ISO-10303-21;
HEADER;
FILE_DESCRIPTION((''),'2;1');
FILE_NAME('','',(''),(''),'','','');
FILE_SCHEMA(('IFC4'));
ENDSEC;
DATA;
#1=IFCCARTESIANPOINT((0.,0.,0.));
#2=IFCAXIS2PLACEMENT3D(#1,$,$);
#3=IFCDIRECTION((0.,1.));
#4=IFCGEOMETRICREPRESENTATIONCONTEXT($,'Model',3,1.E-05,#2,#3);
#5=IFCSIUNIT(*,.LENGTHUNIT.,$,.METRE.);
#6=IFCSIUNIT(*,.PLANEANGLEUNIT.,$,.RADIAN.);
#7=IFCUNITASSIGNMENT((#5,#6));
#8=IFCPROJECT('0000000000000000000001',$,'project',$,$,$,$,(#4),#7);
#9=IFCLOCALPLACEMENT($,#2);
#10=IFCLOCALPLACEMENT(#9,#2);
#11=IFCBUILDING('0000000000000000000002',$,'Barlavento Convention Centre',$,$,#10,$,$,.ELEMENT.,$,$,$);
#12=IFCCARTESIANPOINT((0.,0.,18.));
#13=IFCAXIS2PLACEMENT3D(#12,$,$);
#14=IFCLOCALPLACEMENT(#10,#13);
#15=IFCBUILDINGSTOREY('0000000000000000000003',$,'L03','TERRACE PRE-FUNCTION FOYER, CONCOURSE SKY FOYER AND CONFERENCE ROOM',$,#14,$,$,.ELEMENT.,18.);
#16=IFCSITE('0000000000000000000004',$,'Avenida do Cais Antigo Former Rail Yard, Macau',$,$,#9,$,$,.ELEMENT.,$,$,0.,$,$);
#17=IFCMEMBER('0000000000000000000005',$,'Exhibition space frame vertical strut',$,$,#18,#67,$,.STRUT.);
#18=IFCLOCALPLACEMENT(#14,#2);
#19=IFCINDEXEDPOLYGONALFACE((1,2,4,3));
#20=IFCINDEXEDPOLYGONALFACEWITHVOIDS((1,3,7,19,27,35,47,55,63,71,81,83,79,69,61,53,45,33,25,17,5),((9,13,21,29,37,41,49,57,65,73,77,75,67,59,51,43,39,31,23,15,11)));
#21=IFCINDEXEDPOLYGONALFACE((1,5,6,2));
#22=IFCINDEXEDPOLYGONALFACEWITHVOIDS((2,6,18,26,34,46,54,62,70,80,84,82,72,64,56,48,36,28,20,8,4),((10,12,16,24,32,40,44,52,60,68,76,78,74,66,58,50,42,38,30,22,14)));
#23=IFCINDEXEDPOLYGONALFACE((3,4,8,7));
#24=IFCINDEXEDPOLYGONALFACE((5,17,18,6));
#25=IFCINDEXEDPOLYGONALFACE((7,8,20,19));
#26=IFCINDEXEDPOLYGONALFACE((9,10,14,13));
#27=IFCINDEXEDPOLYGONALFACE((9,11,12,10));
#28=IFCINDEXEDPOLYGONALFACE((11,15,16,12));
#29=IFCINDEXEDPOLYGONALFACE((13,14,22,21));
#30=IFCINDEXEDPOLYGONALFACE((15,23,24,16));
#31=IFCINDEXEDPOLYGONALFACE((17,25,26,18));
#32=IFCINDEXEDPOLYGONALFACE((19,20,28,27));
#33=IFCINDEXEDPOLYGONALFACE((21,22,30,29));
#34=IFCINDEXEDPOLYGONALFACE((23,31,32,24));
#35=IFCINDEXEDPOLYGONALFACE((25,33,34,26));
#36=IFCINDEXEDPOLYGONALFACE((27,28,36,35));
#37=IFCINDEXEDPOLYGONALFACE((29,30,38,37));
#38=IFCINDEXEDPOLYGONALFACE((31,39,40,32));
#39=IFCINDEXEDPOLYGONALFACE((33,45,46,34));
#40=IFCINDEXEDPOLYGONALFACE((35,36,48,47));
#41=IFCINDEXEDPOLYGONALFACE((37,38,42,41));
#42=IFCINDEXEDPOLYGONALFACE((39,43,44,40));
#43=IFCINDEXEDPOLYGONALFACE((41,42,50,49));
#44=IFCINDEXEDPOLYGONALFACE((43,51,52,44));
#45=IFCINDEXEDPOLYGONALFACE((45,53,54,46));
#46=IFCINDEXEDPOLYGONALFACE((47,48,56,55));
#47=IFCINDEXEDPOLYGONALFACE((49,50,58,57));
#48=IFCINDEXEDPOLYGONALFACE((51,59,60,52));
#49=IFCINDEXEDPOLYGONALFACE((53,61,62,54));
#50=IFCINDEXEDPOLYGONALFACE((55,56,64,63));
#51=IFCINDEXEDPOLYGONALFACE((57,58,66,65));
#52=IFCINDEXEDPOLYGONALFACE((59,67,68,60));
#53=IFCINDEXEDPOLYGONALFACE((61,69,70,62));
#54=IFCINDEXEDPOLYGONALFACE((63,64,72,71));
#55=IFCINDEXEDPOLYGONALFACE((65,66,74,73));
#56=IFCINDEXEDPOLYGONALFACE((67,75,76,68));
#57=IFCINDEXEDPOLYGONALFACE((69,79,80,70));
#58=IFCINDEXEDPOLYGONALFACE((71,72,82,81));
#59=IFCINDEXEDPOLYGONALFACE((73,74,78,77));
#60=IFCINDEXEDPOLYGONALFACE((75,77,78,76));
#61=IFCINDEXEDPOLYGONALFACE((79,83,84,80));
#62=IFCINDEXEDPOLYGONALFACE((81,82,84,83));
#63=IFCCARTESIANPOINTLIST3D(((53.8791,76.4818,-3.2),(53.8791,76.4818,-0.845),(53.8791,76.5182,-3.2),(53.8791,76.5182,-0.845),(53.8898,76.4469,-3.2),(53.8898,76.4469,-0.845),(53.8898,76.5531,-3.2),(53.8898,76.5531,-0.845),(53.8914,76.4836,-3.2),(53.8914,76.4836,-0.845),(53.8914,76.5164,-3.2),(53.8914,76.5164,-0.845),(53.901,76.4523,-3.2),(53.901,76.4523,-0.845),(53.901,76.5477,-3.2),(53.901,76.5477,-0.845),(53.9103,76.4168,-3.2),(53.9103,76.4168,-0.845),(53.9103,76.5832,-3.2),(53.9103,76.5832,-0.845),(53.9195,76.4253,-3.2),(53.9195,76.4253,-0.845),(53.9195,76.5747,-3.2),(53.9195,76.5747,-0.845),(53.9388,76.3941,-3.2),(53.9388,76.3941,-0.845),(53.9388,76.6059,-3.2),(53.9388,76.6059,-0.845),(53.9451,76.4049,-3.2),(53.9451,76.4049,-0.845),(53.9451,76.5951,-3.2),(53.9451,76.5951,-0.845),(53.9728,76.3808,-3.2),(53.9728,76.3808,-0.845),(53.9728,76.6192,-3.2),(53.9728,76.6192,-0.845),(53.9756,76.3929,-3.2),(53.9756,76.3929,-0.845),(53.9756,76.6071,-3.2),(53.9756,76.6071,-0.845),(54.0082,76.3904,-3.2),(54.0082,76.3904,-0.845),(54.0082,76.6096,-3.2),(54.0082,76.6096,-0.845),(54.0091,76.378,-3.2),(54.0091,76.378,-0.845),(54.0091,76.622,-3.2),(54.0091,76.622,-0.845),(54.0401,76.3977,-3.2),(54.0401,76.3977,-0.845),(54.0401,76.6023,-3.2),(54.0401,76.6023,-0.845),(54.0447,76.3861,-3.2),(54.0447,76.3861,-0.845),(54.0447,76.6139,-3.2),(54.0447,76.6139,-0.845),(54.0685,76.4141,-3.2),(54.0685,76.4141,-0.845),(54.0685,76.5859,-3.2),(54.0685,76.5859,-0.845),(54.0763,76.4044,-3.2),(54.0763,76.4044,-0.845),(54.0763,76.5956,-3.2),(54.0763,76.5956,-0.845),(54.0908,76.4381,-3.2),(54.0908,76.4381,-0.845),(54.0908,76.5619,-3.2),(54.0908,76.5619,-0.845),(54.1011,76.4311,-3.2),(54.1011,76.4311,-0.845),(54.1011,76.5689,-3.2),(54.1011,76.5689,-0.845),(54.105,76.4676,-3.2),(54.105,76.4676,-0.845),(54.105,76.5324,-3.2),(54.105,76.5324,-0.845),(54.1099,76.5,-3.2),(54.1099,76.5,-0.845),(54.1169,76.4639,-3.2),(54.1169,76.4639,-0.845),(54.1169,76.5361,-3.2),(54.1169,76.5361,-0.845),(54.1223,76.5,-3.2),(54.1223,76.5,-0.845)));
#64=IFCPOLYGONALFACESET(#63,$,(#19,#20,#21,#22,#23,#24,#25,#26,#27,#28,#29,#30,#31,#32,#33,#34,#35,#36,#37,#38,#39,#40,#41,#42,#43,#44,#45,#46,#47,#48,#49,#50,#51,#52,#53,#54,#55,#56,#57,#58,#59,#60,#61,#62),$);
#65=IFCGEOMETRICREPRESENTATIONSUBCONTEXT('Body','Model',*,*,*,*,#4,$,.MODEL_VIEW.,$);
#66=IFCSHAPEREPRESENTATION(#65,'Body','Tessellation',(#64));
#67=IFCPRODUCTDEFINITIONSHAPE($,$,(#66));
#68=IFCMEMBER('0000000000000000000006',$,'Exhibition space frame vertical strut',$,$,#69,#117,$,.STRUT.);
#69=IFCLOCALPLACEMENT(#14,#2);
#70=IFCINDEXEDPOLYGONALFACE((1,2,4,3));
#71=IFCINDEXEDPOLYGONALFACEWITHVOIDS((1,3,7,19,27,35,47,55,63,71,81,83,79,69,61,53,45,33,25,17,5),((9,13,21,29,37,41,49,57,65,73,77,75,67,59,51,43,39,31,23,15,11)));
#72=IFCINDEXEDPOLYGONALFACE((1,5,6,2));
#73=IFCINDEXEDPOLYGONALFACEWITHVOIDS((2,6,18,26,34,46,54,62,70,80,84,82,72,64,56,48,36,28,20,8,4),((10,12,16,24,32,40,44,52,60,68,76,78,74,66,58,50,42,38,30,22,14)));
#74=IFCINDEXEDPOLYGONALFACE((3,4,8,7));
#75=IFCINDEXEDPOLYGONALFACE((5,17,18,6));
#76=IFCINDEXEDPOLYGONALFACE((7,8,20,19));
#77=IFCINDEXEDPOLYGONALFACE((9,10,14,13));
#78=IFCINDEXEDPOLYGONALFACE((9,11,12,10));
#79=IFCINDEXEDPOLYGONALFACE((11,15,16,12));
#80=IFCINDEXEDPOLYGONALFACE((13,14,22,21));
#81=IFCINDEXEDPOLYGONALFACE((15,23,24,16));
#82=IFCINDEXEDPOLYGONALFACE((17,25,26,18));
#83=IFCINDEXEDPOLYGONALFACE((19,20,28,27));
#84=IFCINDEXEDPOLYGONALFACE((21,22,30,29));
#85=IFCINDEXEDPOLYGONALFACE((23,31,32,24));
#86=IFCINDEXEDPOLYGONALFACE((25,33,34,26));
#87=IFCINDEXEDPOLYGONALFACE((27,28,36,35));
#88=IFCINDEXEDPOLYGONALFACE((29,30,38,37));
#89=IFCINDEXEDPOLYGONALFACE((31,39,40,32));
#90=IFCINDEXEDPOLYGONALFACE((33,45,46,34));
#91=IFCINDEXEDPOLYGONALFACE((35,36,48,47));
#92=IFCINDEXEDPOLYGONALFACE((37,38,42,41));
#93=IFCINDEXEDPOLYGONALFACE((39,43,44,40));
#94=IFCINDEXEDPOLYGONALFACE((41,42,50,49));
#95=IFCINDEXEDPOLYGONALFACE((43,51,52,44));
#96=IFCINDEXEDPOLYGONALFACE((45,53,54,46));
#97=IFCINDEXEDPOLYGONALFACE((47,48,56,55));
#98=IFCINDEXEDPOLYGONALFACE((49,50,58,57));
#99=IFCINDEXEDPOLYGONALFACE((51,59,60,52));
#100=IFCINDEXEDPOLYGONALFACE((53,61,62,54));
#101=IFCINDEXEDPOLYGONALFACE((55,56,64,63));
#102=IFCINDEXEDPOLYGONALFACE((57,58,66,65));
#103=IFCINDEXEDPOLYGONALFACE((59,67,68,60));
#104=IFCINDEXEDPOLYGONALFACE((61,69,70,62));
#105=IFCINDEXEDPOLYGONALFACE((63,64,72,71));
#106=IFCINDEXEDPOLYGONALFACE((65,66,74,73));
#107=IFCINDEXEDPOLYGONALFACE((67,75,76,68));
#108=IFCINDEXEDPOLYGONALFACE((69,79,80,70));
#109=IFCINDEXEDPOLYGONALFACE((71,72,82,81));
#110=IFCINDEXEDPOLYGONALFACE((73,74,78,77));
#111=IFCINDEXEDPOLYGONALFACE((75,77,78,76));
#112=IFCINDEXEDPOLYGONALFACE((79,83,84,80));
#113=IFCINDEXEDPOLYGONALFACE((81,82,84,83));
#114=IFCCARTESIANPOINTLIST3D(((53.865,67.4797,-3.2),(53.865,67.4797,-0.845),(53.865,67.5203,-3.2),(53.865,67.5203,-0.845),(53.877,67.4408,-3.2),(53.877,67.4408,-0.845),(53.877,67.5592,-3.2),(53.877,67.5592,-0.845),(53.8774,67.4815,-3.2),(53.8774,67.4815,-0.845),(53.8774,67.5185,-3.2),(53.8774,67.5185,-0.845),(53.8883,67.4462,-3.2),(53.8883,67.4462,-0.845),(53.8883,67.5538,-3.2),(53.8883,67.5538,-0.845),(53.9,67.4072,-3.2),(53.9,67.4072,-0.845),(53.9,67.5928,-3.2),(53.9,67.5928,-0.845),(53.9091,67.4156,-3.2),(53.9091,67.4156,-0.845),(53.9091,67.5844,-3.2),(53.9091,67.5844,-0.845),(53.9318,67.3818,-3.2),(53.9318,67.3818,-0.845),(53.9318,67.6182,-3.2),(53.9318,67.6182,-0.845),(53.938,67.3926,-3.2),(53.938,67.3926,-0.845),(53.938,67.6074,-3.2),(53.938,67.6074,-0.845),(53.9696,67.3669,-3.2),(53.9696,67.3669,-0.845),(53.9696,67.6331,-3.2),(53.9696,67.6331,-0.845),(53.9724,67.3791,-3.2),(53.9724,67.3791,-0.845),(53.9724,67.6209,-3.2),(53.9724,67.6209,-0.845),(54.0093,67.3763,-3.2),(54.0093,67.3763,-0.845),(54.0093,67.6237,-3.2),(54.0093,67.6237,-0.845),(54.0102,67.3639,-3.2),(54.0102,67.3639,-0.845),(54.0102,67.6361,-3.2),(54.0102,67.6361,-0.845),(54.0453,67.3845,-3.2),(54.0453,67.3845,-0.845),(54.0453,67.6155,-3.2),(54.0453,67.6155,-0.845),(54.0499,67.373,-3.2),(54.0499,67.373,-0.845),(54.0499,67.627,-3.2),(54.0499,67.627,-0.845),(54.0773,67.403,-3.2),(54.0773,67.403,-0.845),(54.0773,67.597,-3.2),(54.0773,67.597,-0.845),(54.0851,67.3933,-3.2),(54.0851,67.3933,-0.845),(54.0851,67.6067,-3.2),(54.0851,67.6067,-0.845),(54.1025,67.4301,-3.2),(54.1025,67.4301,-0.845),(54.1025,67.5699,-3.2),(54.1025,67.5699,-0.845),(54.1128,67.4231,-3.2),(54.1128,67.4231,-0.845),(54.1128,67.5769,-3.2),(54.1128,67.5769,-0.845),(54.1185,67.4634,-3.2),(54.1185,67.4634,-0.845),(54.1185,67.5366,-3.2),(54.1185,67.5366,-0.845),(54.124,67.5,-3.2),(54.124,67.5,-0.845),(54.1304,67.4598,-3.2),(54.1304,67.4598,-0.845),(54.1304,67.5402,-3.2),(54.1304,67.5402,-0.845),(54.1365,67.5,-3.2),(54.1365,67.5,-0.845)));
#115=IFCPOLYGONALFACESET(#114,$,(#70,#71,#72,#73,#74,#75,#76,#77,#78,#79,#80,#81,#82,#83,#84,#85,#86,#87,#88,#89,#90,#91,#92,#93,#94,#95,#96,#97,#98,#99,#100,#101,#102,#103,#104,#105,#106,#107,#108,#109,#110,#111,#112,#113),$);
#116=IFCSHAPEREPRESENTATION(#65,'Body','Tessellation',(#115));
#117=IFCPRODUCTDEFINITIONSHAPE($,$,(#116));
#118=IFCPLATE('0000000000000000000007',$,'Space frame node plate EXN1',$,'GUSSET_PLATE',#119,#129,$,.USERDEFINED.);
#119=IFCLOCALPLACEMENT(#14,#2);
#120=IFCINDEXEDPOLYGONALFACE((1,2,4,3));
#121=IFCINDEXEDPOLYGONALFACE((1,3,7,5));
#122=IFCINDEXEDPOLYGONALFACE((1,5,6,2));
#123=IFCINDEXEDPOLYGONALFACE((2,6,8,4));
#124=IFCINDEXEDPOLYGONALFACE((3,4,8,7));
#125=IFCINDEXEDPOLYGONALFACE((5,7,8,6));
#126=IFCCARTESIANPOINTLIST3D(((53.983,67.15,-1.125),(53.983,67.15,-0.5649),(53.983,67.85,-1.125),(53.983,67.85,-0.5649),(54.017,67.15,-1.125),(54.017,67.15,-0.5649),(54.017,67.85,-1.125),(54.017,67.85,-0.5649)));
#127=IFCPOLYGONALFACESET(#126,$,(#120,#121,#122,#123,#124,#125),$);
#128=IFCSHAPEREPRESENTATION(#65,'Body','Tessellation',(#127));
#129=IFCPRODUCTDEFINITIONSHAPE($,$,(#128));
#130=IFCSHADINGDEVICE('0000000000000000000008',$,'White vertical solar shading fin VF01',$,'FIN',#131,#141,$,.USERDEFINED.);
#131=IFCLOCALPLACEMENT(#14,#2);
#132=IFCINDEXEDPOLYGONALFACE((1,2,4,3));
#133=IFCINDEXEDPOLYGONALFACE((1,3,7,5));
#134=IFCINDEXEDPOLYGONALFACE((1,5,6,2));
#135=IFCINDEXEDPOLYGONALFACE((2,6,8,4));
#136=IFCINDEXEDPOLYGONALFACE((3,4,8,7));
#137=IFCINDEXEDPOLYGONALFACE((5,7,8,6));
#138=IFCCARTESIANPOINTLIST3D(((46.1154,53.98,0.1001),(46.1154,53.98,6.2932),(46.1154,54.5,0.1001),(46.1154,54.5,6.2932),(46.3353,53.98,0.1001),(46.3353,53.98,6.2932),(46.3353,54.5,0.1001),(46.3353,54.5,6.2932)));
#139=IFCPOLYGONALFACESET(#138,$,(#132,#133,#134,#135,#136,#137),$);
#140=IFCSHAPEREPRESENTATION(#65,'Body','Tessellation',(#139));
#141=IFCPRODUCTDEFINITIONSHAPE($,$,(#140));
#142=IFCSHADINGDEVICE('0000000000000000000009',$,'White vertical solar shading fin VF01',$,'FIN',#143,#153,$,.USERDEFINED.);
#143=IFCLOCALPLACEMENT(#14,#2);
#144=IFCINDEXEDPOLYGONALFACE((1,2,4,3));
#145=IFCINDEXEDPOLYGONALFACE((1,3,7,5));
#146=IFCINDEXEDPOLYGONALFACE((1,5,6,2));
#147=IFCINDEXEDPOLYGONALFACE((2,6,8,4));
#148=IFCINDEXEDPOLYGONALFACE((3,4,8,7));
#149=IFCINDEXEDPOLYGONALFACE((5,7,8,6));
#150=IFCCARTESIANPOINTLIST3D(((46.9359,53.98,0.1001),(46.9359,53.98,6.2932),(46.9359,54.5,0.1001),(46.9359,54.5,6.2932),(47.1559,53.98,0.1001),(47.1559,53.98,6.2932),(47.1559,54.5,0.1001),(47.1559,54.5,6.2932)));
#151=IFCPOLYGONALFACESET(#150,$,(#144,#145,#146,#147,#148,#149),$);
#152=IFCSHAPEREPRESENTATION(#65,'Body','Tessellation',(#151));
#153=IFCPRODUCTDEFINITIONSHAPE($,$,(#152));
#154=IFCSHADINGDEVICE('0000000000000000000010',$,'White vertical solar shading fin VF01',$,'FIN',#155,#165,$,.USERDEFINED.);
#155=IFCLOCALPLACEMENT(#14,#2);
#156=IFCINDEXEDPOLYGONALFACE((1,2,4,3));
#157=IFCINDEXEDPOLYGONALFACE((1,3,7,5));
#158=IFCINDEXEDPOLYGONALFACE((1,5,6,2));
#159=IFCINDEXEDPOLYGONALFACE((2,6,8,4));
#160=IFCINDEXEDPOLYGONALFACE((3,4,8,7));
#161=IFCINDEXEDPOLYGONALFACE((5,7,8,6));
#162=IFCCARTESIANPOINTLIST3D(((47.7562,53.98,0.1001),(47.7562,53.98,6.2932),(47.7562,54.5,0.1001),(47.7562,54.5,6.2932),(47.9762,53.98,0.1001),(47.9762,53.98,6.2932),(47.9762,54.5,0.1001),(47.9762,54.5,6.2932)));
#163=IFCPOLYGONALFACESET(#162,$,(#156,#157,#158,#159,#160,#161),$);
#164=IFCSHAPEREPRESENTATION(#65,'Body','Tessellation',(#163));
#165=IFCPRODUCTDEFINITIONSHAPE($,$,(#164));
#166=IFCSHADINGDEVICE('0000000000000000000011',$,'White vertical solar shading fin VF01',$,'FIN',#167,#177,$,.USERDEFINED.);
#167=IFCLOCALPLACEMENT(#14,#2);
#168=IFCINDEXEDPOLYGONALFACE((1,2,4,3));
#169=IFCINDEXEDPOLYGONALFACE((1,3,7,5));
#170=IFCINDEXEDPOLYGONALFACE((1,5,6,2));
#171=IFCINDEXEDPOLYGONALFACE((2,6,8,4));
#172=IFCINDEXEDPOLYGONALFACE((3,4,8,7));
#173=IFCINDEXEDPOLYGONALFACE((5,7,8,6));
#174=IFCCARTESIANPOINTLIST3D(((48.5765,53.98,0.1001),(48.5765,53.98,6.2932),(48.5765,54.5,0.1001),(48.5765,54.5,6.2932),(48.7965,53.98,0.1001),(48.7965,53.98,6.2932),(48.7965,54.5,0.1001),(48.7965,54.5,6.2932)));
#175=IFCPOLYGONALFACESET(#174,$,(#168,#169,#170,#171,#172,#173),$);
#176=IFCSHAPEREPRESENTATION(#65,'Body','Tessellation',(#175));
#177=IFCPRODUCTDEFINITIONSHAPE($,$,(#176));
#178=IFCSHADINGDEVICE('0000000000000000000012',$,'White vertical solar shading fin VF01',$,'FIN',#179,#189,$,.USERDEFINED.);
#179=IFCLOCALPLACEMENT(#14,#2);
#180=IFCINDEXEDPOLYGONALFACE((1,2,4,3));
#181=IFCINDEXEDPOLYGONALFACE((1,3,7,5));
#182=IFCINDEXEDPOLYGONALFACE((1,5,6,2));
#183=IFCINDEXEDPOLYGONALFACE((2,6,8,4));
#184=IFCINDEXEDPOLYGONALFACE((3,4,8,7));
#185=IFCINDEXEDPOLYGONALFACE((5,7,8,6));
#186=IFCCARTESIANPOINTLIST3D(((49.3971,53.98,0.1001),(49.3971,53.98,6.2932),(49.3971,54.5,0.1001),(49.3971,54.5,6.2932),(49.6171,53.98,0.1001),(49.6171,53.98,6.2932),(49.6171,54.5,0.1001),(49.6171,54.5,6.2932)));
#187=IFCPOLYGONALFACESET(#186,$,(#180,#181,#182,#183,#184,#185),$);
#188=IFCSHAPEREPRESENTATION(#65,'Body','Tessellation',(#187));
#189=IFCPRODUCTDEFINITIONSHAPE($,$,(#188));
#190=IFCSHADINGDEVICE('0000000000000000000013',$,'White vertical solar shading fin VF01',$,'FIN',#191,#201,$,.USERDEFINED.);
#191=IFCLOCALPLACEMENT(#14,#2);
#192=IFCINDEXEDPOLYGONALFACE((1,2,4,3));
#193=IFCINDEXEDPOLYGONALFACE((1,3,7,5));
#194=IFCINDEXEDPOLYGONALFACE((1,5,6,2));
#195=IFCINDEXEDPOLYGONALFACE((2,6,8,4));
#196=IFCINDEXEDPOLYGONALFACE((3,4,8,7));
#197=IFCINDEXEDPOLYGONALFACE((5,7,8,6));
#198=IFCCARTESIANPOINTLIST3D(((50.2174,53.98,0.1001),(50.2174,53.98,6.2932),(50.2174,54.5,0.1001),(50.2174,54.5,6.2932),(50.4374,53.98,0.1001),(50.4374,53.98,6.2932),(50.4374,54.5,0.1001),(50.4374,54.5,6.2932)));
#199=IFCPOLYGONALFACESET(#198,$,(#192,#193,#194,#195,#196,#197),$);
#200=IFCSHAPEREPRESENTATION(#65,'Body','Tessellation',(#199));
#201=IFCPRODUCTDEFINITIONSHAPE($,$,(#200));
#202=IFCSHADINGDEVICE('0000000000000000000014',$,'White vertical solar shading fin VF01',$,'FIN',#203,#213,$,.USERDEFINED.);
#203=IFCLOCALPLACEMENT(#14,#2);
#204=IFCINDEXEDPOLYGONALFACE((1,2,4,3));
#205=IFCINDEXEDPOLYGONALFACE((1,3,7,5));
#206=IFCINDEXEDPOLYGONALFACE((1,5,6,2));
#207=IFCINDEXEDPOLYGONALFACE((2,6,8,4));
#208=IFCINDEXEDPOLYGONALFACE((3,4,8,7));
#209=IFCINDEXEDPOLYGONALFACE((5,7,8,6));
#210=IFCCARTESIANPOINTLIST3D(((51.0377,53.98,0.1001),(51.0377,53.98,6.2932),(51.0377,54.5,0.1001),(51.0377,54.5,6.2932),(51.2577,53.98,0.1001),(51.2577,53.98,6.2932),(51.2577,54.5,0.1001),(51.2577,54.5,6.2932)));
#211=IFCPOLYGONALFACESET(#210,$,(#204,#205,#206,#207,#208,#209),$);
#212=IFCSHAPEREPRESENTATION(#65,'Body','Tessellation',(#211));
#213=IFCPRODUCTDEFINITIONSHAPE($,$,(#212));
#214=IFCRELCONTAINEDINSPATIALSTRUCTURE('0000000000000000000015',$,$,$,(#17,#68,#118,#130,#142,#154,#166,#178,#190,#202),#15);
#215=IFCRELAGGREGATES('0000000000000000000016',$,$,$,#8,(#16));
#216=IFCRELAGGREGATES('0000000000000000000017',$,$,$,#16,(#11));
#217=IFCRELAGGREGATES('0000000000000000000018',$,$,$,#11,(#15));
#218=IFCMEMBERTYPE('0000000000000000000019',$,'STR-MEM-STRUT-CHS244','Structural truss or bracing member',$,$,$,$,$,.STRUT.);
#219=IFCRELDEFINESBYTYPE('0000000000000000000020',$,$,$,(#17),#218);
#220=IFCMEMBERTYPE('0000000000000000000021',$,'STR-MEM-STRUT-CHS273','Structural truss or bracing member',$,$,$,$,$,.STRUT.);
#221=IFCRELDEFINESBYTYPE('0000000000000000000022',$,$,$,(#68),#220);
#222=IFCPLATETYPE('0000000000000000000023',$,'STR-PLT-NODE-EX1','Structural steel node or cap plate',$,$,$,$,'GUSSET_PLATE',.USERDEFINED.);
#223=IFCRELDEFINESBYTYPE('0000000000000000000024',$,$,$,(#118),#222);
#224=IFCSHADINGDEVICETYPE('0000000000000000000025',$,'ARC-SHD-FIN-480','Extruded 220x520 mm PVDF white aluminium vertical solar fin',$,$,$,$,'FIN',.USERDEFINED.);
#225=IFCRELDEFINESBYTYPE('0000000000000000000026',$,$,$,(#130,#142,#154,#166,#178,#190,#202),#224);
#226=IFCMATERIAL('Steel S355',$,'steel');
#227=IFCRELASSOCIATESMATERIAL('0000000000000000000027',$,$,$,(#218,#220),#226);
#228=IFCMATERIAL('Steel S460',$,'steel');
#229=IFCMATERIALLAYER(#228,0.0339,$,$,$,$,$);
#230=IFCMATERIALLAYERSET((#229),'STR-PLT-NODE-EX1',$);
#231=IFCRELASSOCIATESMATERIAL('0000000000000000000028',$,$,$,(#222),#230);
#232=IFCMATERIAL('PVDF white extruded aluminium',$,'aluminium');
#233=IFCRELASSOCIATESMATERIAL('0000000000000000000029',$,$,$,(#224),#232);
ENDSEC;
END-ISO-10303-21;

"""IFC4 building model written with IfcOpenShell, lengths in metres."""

from ifc_helpers import new_model, si_unit, direction, frame, origin, origin_2d, place, context, subcontext, project, spatial, rectangle, hollow_circle, extrude, material, layer, layer_set, material_profile, profile_set, type_object, element, save


model = new_model("IFC4")

# Units and contexts
model_context = context("Model", 3, precision=1e-05, world=origin(), true_north=direction((0.0, 1.0)))
body_context = subcontext(model_context, "Body", "Model", "MODEL_VIEW")
ifc_project = project(units=[si_unit("LENGTHUNIT", "METRE"), si_unit("PLANEANGLEUNIT", "RADIAN")], contexts=[model_context])

# Site, building, storey
site_placement = place(None, origin())
site = spatial("IfcSite", under=ifc_project, at=site_placement, Name="Avenida do Cais Antigo Former Rail Yard, Macau", CompositionType="ELEMENT", RefElevation=0.0)
building_placement = place(site_placement, origin())
building = spatial("IfcBuilding", under=site, at=building_placement, Name="Barlavento Convention Centre", CompositionType="ELEMENT")
storey_placement = place(building_placement, frame((0.0, 0.0, 18.0)))
storey = spatial("IfcBuildingStorey", under=building, at=storey_placement, Name="L03", Description="TERRACE PRE-FUNCTION FOYER, CONCOURSE SKY FOYER AND CONFERENCE ROOM", CompositionType="ELEMENT", Elevation=18.0)

# Shared definitions
ifc_material_1 = material(Name="Steel S460", Category="steel")
ifc_material_2 = material(Name="Steel S355", Category="steel")

# Members
ifc_material_profile_1 = material_profile(ifc_material_2, hollow_circle(Radius=0.1223, WallThickness=0.0125, at=origin_2d()), Name="CHS 244.5x12.5")
ifc_profile_set_1 = profile_set([ifc_material_profile_1], Name="Steel S355")
member_type_1 = type_object("IfcMemberType", Name="STR-MEM-STRUT-CHS244", Description="Structural truss or bracing member", PredefinedType="STRUT", material=ifc_profile_set_1)
member_1_placement = place(storey_placement, frame((54.0, 76.5, -3.2), z_axis=(0.0, 0.0, 1.0), x_axis=(1.0, 0.0, 0.0)))
element("IfcMember", 1, at=member_1_placement, inside=storey, type_object=member_type_1, Name="Exhibition space frame vertical strut", PredefinedType="STRUT", context=body_context, shape_type="SweptSolid", body=[
    extrude(hollow_circle(Radius=0.1223, WallThickness=0.0125, at=origin_2d()), origin(), (0.0, 0.0, 1.0), 2.355),
])
ifc_material_profile_2 = material_profile(ifc_material_2, hollow_circle(Radius=0.1365, WallThickness=0.0125, at=origin_2d()), Name="CHS 273.0x12.5")
ifc_profile_set_2 = profile_set([ifc_material_profile_2], Name="Steel S355")
member_type_2 = type_object("IfcMemberType", Name="STR-MEM-STRUT-CHS273", Description="Structural truss or bracing member", PredefinedType="STRUT", material=ifc_profile_set_2)
member_2_placement = place(storey_placement, frame((54.0, 67.5, -3.2), z_axis=(0.0, 0.0, 1.0), x_axis=(1.0, 0.0, 0.0)))
element("IfcMember", 2, at=member_2_placement, inside=storey, type_object=member_type_2, Name="Exhibition space frame vertical strut", PredefinedType="STRUT", context=body_context, shape_type="SweptSolid", body=[
    extrude(hollow_circle(Radius=0.1365, WallThickness=0.0125, at=origin_2d()), origin(), (0.0, 0.0, 1.0), 2.355),
])

# Plate
ifc_layer = layer(ifc_material_1, 0.0339)
ifc_layer_set = layer_set([ifc_layer], Name="STR-PLT-NODE-EX1")
plate_type = type_object("IfcPlateType", Name="STR-PLT-NODE-EX1", Description="Structural steel node or cap plate", ElementType="GUSSET_PLATE", PredefinedType="USERDEFINED", material=ifc_layer_set)
plate_placement = place(storey_placement, frame((54.0, 67.5, -1.125), z_axis=(0.0, 0.0, 1.0), x_axis=(1.0, 0.0, 0.0)))
element("IfcPlate", 3, at=plate_placement, inside=storey, type_object=plate_type, Name="Space frame node plate EXN1", ObjectType="GUSSET_PLATE", PredefinedType="USERDEFINED", context=body_context, shape_type="SweptSolid", body=[
    extrude(rectangle(XDim=0.0339, YDim=0.7, at=origin_2d()), origin(), (0.0, 0.0, 1.0), 0.5601),
])

# Shading devices
ifc_material_3 = material(Name="PVDF white extruded aluminium", Category="aluminium")
shading_device_type = type_object("IfcShadingDeviceType", Name="ARC-SHD-FIN-480", Description="Extruded 220x520 mm PVDF white aluminium vertical solar fin", ElementType="FIN", PredefinedType="USERDEFINED", material=ifc_material_3)
for number, where, z_axis, x_axis, name in (
    (4, (46.2253, 54.24, 0.1001), (0.0, 0.0, 1.0), (1.0, 0.0, 0.0), "White vertical solar shading fin VF01"),
    (5, (47.0459, 54.24, 0.1001), (0.0, 0.0, 1.0), (1.0, 0.0, 0.0), "White vertical solar shading fin VF01"),
    (6, (47.8662, 54.24, 0.1001), (0.0, 0.0, 1.0), (1.0, 0.0, 0.0), "White vertical solar shading fin VF01"),
    (7, (48.6865, 54.24, 0.1001), (0.0, 0.0, 1.0), (1.0, 0.0, 0.0), "White vertical solar shading fin VF01"),
    (8, (49.5071, 54.24, 0.1001), (0.0, 0.0, 1.0), (1.0, 0.0, 0.0), "White vertical solar shading fin VF01"),
    (9, (50.3274, 54.24, 0.1001), (0.0, 0.0, 1.0), (1.0, 0.0, 0.0), "White vertical solar shading fin VF01"),
    (10, (51.1477, 54.24, 0.1001), (0.0, 0.0, 1.0), (1.0, 0.0, 0.0), "White vertical solar shading fin VF01"),
):
    element("IfcShadingDevice", number, at=place(storey_placement, frame(where, z_axis=z_axis, x_axis=x_axis)), inside=storey, type_object=shading_device_type, Name=name, ObjectType="FIN", PredefinedType="USERDEFINED", context=body_context, shape_type="SweptSolid", body=[
        extrude(rectangle(XDim=0.22, YDim=0.52, at=origin_2d()), origin(), (0.0, 0.0, 1.0), 6.1931),
    ])

save(model, "model.ifc")
